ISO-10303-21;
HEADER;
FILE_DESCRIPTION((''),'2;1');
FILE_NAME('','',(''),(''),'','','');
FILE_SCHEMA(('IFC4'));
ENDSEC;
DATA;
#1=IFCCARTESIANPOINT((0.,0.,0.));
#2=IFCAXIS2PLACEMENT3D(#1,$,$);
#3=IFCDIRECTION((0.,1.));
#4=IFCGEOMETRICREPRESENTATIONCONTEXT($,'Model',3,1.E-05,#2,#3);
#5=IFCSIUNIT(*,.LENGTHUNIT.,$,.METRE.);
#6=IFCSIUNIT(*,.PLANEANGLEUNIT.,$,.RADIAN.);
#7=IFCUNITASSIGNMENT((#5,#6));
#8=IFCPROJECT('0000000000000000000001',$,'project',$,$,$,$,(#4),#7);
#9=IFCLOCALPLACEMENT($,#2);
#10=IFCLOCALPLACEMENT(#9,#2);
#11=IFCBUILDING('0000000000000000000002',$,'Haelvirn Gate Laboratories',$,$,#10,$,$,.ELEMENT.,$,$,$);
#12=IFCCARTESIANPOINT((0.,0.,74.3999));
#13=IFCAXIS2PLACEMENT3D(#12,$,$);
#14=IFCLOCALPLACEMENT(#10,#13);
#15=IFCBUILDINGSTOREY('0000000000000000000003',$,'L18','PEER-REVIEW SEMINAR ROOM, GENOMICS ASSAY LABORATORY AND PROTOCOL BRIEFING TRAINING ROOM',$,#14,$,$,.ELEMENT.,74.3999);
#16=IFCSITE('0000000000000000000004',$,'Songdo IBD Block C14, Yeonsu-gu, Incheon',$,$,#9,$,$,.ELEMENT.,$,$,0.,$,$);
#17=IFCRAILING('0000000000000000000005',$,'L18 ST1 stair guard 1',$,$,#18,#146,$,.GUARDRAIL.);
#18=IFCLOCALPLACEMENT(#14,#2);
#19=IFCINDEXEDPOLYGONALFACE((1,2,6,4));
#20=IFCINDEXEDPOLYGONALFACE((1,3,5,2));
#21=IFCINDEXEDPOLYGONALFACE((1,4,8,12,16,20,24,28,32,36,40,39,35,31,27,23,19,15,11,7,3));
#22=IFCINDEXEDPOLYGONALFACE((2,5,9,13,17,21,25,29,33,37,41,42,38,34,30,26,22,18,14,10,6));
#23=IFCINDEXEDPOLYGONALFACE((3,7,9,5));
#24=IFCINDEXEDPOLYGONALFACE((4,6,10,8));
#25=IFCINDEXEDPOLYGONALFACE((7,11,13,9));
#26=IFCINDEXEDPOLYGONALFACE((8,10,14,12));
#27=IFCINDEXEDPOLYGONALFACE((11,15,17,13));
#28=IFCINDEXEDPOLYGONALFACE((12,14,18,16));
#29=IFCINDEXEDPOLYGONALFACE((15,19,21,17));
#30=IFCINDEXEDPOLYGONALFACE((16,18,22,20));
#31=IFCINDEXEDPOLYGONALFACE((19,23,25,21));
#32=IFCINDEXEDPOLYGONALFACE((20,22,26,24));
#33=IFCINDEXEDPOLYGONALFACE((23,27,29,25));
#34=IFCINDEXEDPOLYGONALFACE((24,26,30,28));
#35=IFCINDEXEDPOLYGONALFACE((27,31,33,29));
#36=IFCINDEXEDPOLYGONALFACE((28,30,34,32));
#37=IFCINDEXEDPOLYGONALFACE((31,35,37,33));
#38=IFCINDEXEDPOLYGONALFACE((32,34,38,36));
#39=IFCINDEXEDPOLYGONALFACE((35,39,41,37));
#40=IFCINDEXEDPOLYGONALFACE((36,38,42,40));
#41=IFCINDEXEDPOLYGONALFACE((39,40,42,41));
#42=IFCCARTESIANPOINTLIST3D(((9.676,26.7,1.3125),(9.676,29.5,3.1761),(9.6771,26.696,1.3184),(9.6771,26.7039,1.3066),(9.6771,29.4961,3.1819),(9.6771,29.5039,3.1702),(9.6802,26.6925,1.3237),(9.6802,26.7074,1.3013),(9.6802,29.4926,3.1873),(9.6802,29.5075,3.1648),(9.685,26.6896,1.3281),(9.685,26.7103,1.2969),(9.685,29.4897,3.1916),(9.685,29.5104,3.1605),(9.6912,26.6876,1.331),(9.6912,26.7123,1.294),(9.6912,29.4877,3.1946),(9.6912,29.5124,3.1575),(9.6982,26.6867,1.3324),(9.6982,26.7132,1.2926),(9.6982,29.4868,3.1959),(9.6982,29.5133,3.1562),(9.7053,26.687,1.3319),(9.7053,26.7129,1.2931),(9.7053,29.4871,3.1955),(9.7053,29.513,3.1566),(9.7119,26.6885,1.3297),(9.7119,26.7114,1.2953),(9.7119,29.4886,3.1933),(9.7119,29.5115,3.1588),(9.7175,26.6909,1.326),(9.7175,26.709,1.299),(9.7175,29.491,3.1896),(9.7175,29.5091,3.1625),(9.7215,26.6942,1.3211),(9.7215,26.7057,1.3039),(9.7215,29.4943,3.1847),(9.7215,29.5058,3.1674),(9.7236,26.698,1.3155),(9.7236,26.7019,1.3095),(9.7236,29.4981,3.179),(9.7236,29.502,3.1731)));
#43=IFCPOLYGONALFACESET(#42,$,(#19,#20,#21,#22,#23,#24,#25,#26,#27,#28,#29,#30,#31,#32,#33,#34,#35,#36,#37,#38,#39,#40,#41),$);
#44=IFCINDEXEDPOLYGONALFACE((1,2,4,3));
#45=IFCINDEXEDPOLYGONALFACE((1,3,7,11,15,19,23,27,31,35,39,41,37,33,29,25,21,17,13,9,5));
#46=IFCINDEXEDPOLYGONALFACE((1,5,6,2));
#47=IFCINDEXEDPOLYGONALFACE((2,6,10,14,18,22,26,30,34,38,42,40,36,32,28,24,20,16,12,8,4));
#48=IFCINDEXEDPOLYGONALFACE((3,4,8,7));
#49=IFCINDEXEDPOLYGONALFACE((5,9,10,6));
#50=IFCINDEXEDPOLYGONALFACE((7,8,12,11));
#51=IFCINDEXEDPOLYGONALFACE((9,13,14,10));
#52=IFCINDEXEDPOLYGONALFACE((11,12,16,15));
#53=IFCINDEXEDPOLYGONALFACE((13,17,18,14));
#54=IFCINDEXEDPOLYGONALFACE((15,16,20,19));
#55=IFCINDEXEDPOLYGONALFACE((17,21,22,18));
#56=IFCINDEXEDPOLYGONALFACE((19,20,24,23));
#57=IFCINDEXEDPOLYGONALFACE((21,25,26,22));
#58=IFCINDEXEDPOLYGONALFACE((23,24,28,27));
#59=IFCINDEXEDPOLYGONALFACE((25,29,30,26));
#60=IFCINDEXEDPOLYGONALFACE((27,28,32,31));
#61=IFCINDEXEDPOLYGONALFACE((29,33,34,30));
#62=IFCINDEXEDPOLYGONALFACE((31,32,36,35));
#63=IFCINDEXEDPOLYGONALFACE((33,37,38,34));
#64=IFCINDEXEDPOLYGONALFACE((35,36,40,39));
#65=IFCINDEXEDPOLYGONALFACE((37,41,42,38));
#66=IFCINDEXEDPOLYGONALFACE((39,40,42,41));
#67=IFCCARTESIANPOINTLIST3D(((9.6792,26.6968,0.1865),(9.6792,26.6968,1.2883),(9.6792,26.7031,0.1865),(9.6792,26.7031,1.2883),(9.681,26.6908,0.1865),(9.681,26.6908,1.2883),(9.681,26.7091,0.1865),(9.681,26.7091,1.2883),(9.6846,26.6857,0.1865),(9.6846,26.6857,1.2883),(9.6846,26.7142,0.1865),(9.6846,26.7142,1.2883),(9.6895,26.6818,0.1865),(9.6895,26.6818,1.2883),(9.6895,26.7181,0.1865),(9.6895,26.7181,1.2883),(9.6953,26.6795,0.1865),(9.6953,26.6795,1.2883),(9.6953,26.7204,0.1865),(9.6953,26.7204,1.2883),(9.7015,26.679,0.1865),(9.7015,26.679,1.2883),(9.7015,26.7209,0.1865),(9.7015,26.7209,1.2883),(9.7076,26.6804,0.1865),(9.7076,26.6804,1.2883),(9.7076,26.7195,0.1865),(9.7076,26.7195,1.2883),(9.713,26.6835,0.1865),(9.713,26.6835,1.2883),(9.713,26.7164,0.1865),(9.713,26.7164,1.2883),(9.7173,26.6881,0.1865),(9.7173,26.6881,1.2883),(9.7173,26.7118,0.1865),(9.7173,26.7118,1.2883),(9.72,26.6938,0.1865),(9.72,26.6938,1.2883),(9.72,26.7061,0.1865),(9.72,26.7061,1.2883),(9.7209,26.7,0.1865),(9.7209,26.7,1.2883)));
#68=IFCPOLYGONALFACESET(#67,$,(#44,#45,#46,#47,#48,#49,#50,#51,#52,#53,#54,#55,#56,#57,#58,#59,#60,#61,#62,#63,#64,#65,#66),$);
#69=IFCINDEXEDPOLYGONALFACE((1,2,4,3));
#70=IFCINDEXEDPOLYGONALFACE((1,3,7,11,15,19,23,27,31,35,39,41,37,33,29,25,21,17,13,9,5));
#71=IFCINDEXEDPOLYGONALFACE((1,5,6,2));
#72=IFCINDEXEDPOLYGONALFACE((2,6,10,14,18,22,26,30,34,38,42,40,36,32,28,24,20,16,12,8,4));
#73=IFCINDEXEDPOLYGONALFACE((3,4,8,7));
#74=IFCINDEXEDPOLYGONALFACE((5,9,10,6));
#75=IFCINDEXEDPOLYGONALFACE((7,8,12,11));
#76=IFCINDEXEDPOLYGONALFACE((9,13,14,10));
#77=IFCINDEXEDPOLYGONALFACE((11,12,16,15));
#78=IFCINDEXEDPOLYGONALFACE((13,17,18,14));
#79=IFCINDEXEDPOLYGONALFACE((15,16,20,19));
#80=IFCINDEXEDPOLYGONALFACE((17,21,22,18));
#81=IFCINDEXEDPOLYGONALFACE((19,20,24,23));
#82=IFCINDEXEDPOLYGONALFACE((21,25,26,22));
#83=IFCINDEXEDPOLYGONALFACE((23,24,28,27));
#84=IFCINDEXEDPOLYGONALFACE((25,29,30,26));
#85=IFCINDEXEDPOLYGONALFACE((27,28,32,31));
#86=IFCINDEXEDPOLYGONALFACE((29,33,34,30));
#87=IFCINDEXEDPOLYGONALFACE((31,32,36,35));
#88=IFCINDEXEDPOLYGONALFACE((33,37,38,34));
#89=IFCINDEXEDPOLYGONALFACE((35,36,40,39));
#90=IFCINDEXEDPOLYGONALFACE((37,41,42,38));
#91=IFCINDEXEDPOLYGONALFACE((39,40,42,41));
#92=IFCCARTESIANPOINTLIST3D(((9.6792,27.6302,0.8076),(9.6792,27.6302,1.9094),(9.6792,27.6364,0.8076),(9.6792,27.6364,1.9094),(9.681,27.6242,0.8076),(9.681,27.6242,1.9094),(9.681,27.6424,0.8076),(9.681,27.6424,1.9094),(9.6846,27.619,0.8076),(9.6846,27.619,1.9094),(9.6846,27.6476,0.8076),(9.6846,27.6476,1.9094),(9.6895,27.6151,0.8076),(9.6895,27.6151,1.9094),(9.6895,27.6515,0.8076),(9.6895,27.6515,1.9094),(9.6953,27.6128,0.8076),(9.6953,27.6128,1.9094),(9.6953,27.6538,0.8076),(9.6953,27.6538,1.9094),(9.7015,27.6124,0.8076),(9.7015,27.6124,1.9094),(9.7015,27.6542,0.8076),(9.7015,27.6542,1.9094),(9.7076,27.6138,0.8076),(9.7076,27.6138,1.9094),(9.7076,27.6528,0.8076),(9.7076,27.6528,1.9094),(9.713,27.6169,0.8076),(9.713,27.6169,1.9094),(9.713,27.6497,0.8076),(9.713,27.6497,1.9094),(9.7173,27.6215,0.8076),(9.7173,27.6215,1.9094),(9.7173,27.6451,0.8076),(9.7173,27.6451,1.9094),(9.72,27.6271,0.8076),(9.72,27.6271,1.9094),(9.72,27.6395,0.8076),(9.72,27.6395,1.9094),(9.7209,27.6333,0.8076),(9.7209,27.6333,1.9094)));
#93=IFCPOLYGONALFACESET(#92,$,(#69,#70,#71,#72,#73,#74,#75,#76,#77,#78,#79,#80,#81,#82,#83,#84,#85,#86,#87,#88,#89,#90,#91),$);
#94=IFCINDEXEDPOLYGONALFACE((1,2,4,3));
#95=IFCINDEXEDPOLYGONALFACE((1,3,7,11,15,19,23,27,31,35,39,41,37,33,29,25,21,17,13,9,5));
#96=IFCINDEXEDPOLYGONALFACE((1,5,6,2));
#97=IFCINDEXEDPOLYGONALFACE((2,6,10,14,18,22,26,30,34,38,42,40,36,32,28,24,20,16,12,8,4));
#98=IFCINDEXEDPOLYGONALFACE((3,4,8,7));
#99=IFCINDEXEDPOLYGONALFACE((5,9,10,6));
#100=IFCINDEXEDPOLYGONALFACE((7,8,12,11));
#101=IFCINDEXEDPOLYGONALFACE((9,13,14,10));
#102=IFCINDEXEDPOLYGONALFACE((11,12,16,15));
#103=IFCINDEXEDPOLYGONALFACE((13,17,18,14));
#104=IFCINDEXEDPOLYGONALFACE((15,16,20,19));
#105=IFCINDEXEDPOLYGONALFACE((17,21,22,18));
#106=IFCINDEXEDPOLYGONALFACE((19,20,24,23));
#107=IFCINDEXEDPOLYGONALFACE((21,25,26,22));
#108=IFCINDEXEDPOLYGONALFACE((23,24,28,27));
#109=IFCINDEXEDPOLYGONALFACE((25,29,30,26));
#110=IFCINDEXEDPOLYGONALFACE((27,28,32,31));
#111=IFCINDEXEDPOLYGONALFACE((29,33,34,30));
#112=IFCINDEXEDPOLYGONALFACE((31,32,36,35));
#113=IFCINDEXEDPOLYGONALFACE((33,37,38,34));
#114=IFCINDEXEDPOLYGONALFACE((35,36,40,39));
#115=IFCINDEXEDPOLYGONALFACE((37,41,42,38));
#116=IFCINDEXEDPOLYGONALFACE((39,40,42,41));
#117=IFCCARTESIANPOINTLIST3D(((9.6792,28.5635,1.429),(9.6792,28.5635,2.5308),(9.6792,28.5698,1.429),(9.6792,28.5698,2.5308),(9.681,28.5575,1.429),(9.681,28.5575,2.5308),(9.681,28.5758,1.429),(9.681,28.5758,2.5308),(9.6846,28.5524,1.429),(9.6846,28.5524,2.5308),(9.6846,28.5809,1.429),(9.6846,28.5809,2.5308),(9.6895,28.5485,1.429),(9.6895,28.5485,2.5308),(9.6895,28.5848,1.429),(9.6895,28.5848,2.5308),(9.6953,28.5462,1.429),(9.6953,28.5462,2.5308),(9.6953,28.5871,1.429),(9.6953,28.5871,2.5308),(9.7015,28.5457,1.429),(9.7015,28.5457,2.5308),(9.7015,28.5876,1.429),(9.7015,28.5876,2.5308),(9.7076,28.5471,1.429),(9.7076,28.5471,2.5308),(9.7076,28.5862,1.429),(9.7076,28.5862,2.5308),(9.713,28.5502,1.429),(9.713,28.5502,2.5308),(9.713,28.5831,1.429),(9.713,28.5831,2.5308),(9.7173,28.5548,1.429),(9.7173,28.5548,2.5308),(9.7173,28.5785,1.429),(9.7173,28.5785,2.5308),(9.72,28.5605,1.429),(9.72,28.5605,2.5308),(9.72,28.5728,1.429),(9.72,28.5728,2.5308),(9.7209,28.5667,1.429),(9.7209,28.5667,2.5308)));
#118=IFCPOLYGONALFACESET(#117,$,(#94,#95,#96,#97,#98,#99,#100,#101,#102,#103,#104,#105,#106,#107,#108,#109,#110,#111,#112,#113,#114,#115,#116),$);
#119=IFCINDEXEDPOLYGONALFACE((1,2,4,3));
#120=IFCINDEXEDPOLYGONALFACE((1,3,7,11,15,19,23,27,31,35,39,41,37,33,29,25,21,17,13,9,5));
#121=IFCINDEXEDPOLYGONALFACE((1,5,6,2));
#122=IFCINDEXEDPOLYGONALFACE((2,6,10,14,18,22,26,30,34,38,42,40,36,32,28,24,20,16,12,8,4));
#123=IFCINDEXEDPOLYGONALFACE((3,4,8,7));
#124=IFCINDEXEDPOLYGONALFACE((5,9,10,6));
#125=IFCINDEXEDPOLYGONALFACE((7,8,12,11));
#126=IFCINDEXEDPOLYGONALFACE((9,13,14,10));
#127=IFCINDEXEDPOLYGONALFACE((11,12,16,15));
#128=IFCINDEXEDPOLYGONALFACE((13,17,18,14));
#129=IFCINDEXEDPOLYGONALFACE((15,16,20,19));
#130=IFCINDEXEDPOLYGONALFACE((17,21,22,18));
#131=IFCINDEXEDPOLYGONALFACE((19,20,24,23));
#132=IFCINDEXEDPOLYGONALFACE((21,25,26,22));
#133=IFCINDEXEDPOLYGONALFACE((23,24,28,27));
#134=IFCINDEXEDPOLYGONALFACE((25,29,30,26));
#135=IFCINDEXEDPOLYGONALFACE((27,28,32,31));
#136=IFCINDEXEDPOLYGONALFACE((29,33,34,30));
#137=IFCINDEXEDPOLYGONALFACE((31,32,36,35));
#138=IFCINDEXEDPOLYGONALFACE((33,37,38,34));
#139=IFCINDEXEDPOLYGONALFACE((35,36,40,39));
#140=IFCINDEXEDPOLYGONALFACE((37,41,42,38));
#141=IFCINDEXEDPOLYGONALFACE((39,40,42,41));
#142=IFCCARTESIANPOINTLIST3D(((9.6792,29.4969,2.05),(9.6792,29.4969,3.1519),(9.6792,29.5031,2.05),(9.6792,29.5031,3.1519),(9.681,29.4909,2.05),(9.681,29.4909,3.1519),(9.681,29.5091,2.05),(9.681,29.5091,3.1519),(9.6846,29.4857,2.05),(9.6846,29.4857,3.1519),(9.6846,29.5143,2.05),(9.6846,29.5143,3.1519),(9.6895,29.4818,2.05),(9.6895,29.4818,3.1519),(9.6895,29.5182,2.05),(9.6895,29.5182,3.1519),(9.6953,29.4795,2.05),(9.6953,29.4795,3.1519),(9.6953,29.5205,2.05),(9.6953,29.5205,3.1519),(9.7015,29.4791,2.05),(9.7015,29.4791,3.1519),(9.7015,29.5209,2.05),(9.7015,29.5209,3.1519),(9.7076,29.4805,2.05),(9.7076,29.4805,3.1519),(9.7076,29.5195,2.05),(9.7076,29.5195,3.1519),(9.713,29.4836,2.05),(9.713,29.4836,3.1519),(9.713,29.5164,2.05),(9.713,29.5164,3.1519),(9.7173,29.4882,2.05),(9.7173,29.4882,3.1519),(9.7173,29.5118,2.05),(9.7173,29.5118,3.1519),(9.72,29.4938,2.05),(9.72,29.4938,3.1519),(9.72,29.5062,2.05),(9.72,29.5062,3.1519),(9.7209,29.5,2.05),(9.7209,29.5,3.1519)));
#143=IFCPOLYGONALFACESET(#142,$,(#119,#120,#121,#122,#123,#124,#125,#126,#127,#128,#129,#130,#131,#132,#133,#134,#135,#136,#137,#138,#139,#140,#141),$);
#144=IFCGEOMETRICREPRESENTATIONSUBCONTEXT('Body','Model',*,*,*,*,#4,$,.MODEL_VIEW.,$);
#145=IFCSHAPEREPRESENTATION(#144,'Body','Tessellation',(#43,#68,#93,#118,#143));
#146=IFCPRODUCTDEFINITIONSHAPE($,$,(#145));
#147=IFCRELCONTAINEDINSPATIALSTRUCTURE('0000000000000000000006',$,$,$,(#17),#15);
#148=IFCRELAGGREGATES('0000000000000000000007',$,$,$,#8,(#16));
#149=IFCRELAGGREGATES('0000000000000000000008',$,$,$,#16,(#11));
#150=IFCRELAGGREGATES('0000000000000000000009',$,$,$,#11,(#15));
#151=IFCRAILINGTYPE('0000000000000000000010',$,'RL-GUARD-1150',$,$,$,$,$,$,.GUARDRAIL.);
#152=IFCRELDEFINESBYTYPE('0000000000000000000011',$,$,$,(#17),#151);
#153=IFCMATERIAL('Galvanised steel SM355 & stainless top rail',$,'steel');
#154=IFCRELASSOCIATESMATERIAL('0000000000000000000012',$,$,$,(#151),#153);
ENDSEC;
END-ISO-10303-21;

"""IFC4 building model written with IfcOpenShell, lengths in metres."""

from ifc_helpers import new_model, si_unit, direction, frame, origin, origin_2d, place, context, subcontext, project, spatial, circle, extrude, source, transform, mapped, material, type_object, element, save


model = new_model("IFC4")

# Units and contexts
model_context = context("Model", 3, precision=1e-05, world=origin(), true_north=direction((0.0, 1.0)))
body_context = subcontext(model_context, "Body", "Model", "MODEL_VIEW")
ifc_project = project(units=[si_unit("LENGTHUNIT", "METRE"), si_unit("PLANEANGLEUNIT", "RADIAN")], contexts=[model_context])

# Site, building, storey
site_placement = place(None, origin())
site = spatial("IfcSite", under=ifc_project, at=site_placement, Name="Songdo IBD Block C14, Yeonsu-gu, Incheon", CompositionType="ELEMENT", RefElevation=0.0)
building_placement = place(site_placement, origin())
building = spatial("IfcBuilding", under=site, at=building_placement, Name="Haelvirn Gate Laboratories", CompositionType="ELEMENT")
storey_placement = place(building_placement, frame((0.0, 0.0, 74.3999)))
storey = spatial("IfcBuildingStorey", under=building, at=storey_placement, Name="L18", Description="PEER-REVIEW SEMINAR ROOM, GENOMICS ASSAY LABORATORY AND PROTOCOL BRIEFING TRAINING ROOM", CompositionType="ELEMENT", Elevation=74.3999)

# Railing
ifc_material_1 = material(Name="Galvanised steel SM355 & stainless top rail", Category="steel")
railing_type_1 = type_object("IfcRailingType", Name="RL-GUARD-1150", PredefinedType="GUARDRAIL", material=ifc_material_1)
shared_shape_1 = source(origin(), body_context, "Body", "SweptSolid", [
    extrude(circle(Radius=0.0239, at=origin_2d()), frame((0.0, 0.0, 1.126), z_axis=(0.0, 0.832486, 0.554047), x_axis=(-1.0, 0.0, 0.0)), (0.0, 0.0, 1.0), 3.3635),
    extrude(circle(Radius=0.021, at=origin_2d()), origin(), (0.0, 0.0, 1.0), 1.1018),
    extrude(circle(Radius=0.021, at=origin_2d()), frame((0.0, 0.9333, 0.6211)), (0.0, 0.0, 1.0), 1.1018),
    extrude(circle(Radius=0.021, at=origin_2d()), frame((0.0, 1.8667, 1.2424)), (0.0, 0.0, 1.0), 1.1018),
    extrude(circle(Radius=0.021, at=origin_2d()), frame((0.0, 2.8, 1.8635)), (0.0, 0.0, 1.0), 1.1018),
])
railing_1_placement = place(storey_placement, frame((9.7, 26.7, 0.1865)))
element("IfcRailing", 1, at=railing_1_placement, inside=storey, type_object=railing_type_1, Name="L18 ST1 stair guard 1", PredefinedType="GUARDRAIL", context=body_context, shape_type="MappedRepresentation", body=[
    mapped(shared_shape_1, transform((0.0, 0.0, 0.0), scale=1.0)),
])

save(model, "model.ifc")
